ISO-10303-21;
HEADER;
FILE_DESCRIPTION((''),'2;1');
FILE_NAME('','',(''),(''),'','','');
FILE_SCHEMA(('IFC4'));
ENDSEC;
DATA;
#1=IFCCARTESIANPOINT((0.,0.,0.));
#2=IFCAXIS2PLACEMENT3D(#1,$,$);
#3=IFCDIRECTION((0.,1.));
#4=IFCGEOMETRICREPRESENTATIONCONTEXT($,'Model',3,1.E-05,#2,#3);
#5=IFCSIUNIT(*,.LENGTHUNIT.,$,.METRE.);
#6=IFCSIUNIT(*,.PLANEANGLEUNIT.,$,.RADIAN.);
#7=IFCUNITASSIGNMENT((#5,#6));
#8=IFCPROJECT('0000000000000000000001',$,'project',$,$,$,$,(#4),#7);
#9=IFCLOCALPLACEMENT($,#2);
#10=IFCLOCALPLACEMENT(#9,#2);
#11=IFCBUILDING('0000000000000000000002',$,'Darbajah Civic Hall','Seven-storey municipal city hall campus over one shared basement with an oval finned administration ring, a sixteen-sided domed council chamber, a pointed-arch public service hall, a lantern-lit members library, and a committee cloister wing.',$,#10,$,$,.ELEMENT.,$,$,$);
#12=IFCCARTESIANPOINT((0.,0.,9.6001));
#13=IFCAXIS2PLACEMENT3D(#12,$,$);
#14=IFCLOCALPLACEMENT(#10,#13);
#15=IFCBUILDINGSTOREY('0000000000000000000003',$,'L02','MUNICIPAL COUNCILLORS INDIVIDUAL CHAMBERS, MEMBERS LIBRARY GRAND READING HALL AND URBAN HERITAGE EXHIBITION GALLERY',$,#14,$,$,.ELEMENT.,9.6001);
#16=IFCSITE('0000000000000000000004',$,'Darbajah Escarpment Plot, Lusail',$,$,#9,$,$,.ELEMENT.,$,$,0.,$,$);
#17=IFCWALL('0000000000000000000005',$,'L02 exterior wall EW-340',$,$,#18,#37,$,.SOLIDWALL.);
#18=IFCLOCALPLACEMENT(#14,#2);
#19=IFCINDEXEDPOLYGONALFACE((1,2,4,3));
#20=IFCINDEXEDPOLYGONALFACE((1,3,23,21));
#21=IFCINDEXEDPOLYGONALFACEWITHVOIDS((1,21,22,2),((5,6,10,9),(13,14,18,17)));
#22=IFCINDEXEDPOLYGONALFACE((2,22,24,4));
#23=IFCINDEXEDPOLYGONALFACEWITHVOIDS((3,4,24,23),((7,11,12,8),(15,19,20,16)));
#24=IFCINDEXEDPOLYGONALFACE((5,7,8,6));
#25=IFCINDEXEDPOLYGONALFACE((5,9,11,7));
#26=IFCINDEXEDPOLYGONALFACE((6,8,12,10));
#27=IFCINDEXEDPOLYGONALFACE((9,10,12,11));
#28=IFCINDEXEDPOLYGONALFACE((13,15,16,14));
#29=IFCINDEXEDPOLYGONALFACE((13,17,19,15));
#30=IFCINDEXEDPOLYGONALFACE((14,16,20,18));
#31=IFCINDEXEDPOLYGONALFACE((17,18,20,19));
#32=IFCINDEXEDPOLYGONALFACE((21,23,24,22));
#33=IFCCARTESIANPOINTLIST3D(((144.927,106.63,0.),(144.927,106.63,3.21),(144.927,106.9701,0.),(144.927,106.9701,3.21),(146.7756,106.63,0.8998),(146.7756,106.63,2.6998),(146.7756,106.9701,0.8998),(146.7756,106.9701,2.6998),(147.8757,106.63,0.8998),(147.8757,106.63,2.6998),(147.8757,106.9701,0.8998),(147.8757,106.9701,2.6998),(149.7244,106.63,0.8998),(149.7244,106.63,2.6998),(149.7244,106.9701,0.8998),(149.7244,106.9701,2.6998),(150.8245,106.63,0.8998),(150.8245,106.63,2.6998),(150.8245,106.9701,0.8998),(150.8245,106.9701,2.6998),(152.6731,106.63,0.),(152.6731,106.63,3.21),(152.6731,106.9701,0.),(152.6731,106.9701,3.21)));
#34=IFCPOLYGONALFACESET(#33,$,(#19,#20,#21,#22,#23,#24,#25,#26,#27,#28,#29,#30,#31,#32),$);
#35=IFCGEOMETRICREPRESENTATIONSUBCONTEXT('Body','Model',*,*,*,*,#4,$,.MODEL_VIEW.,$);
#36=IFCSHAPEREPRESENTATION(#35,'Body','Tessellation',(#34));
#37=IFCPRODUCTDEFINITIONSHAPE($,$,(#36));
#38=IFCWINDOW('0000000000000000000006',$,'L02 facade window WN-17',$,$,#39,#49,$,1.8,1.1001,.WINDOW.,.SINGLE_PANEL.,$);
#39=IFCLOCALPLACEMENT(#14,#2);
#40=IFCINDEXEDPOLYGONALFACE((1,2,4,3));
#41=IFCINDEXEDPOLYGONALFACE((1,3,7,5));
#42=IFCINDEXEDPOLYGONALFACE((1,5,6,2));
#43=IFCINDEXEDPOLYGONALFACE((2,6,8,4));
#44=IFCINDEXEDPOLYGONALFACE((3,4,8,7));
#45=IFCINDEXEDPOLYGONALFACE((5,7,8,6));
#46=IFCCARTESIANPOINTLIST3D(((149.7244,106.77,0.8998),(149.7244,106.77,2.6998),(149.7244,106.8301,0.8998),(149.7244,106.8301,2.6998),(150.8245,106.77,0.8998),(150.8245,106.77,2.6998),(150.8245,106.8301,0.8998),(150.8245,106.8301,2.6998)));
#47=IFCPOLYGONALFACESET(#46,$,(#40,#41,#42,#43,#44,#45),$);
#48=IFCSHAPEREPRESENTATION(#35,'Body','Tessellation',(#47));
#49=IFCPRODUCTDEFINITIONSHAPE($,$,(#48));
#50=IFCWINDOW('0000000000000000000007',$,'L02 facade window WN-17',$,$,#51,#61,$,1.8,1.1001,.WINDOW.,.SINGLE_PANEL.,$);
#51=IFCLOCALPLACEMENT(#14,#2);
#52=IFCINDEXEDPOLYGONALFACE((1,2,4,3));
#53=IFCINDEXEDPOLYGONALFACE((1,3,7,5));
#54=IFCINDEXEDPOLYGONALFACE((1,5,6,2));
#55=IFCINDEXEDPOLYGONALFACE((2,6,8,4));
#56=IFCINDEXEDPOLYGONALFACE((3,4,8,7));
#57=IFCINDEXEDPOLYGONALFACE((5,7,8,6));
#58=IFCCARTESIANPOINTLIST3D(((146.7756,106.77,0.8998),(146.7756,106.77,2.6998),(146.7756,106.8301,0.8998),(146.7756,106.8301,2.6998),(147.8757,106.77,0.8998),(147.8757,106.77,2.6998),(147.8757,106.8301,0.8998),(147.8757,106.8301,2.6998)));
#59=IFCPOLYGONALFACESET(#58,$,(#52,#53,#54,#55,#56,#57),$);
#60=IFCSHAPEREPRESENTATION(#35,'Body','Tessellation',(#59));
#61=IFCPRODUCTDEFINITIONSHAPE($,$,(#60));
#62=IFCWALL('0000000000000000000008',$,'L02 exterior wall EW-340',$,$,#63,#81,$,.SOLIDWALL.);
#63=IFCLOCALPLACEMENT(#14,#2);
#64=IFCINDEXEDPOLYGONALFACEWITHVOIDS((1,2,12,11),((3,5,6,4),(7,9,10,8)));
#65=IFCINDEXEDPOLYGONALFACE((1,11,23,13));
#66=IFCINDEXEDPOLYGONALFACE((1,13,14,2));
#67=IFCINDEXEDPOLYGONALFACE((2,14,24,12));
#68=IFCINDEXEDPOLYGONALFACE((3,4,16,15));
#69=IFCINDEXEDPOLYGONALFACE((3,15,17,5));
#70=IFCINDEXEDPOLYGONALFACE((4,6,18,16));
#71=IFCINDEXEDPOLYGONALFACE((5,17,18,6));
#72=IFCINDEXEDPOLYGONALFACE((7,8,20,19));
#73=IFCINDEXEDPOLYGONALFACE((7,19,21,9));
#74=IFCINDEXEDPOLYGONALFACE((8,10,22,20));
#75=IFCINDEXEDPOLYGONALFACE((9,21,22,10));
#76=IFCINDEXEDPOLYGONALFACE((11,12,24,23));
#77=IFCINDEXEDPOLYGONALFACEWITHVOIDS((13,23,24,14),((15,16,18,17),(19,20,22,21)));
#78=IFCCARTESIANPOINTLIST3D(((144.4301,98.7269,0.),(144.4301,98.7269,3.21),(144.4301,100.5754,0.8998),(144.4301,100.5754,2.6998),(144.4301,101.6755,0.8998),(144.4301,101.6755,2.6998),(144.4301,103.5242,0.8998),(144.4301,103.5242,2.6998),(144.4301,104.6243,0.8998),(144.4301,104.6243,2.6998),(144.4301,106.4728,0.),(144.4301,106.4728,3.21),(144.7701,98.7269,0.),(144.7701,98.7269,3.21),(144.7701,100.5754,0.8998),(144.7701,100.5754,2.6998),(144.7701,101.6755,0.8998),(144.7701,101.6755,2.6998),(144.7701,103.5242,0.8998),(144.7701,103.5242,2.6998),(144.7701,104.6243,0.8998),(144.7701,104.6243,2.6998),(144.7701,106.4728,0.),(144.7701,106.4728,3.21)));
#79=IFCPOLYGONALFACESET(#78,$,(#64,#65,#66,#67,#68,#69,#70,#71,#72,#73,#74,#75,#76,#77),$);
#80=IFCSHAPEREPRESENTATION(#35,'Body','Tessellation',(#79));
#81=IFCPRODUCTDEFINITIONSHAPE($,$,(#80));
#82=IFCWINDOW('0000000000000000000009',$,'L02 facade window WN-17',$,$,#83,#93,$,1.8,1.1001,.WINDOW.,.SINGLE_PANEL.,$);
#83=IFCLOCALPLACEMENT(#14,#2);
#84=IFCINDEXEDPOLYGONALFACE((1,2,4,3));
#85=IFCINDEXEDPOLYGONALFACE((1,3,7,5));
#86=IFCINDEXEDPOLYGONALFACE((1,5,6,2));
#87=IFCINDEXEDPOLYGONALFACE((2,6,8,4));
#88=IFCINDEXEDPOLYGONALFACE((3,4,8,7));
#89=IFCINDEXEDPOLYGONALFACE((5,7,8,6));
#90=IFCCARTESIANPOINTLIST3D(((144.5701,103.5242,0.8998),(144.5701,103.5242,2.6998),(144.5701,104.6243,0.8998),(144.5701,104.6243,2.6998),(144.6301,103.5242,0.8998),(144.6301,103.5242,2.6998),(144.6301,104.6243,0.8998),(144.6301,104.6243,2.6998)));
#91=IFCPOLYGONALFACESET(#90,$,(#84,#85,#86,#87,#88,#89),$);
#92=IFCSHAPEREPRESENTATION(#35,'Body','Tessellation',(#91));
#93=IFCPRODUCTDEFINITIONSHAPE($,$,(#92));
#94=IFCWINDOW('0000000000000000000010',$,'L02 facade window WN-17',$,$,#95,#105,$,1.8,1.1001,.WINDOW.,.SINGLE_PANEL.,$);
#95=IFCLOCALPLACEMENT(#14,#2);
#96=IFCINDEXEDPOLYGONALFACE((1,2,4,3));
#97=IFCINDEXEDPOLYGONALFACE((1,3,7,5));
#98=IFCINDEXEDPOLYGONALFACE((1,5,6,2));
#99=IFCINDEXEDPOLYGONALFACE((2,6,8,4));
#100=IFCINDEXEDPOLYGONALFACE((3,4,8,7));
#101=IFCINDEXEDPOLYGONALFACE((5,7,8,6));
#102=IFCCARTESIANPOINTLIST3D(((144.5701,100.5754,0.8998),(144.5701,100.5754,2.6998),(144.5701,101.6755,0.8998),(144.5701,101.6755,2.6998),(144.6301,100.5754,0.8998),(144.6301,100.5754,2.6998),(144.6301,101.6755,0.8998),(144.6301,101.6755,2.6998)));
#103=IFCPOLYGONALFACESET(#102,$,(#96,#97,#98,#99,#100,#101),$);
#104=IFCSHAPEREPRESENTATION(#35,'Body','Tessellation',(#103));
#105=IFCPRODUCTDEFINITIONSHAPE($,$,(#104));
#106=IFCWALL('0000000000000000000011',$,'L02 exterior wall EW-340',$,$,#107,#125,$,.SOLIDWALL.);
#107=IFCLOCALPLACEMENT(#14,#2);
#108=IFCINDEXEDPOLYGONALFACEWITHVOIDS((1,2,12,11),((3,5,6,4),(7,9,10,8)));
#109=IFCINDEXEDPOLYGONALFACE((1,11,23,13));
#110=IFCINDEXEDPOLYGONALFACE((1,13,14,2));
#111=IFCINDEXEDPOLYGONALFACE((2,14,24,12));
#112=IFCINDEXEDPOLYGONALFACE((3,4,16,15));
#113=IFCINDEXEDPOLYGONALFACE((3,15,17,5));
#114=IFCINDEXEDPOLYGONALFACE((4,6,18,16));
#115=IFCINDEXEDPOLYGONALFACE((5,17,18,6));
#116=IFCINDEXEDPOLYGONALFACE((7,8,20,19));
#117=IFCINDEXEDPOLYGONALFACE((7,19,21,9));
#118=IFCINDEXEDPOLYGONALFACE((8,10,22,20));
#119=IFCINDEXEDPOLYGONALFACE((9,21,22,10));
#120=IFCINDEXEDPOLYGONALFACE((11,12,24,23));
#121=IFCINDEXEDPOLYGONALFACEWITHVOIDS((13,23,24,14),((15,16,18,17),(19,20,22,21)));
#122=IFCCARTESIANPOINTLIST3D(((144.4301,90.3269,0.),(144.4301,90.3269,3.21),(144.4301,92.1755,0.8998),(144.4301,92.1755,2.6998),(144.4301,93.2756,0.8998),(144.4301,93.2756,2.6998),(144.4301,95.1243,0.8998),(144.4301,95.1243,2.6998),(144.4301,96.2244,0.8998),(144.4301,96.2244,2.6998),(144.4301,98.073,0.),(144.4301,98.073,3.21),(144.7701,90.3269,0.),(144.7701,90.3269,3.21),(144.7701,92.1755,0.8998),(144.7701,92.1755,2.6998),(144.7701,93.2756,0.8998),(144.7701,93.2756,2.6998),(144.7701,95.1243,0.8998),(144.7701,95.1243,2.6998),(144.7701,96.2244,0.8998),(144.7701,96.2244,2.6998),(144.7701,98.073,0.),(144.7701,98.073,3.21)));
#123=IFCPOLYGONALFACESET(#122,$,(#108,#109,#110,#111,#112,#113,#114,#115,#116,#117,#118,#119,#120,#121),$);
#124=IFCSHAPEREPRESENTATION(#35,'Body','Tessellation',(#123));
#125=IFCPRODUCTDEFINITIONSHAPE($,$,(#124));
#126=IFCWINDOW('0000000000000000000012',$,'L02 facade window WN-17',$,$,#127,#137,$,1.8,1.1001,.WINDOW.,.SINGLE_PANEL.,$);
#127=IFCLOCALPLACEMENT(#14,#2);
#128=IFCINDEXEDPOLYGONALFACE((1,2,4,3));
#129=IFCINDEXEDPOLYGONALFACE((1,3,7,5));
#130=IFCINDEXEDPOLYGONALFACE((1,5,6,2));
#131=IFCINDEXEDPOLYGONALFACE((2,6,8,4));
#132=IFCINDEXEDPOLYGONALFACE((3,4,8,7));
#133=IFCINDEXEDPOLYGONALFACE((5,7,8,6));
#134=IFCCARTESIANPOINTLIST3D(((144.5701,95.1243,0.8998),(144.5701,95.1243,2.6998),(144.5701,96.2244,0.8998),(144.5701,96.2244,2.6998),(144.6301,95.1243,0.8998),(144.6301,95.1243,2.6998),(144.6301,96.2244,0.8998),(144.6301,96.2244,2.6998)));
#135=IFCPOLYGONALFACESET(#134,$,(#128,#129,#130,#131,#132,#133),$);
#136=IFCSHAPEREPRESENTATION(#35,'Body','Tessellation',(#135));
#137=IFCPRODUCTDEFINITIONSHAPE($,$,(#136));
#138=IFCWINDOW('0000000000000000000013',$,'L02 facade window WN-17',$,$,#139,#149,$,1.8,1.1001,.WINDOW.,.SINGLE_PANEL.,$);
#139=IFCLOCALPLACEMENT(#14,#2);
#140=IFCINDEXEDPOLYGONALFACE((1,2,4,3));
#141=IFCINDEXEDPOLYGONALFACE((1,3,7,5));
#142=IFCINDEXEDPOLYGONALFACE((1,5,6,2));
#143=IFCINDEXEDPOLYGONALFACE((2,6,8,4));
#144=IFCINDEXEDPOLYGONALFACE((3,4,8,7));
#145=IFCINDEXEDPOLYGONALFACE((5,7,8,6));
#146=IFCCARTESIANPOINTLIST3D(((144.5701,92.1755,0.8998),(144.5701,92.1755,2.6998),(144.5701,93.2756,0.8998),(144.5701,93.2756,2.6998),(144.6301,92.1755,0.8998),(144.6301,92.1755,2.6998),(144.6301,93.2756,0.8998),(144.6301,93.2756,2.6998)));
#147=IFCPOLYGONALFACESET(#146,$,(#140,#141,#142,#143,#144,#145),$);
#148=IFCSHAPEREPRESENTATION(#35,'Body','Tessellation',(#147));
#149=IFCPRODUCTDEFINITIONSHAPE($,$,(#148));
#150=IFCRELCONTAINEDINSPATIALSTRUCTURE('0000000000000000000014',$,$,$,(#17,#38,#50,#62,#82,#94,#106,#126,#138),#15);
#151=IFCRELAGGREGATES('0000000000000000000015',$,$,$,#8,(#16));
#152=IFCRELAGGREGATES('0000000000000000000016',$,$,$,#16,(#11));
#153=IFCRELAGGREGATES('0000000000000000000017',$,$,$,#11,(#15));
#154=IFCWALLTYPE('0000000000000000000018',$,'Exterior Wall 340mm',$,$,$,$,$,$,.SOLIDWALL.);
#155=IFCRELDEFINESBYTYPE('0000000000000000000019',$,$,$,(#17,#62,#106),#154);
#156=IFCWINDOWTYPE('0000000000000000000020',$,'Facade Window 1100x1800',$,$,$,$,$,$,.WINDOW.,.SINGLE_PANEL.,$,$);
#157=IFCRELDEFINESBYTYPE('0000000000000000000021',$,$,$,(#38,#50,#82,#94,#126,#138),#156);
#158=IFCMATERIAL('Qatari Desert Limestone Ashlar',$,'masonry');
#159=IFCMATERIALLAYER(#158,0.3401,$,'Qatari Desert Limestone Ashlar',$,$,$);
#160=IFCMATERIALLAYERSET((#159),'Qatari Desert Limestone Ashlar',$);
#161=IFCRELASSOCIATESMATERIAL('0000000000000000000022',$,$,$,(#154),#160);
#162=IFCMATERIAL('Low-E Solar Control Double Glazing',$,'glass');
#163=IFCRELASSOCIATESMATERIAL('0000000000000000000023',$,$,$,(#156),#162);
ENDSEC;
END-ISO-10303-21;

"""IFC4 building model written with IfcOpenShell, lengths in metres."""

from ifc_helpers import new_model, si_unit, direction, frame, frame_2d, origin, place, context, subcontext, project, spatial, rectangle, extrude, material, layer, layer_set, type_object, element, fill, save


model = new_model("IFC4")

# Units and contexts
model_context = context("Model", 3, precision=1e-05, world=origin(), true_north=direction((0.0, 1.0)))
body_context = subcontext(model_context, "Body", "Model", "MODEL_VIEW")
ifc_project = project(units=[si_unit("LENGTHUNIT", "METRE"), si_unit("PLANEANGLEUNIT", "RADIAN")], contexts=[model_context])

# Site, building, storey
site_placement = place(None, origin())
site = spatial("IfcSite", under=ifc_project, at=site_placement, Name="Darbajah Escarpment Plot, Lusail", CompositionType="ELEMENT", RefElevation=0.0)
building_placement = place(site_placement, origin())
building = spatial("IfcBuilding", under=site, at=building_placement, Name="Darbajah Civic Hall", Description="Seven-storey municipal city hall campus over one shared basement with an oval finned administration ring, a sixteen-sided domed council chamber, a pointed-arch public service hall, a lantern-lit members library, and a committee cloister wing.", CompositionType="ELEMENT")
storey_placement = place(building_placement, frame((0.0, 0.0, 9.6001)))
storey = spatial("IfcBuildingStorey", under=building, at=storey_placement, Name="L02", Description="MUNICIPAL COUNCILLORS INDIVIDUAL CHAMBERS, MEMBERS LIBRARY GRAND READING HALL AND URBAN HERITAGE EXHIBITION GALLERY", CompositionType="ELEMENT", Elevation=9.6001)

# Shared definitions
ifc_material_1 = material(Name="Low-E Solar Control Double Glazing", Category="glass")

# Walls, openings, windows
ifc_material_2 = material(Name="Qatari Desert Limestone Ashlar", Category="masonry")
ifc_layer_1 = layer(ifc_material_2, 0.3401, Name="Qatari Desert Limestone Ashlar")
ifc_layer_set_1 = layer_set([ifc_layer_1], Name="Qatari Desert Limestone Ashlar")
wall_type_1 = type_object("IfcWallType", Name="Exterior Wall 340mm", PredefinedType="SOLIDWALL", material=ifc_layer_set_1)
wall_1_placement = place(storey_placement, frame((152.6731, 106.8, 0.0), z_axis=(0.0, 0.0, 1.0), x_axis=(-1.0, 0.0, 0.0)))
wall_1 = element("IfcWall", 1, at=wall_1_placement, inside=storey, type_object=wall_type_1, Name="L02 exterior wall EW-340", PredefinedType="SOLIDWALL", context=body_context, shape_type="SweptSolid", body=[
    extrude(rectangle(XDim=7.7461, YDim=0.3401, at=frame_2d((3.873, 0.0))), origin(), (0.0, 0.0, 1.0), 3.21),
])
opening_1_placement = place(wall_1_placement, frame((1.8486, 0.0, 0.8999)))
opening_1 = element("IfcOpeningElement", 2, at=opening_1_placement, cuts=wall_1, PredefinedType="OPENING", context=body_context, shape_type="SweptSolid", body=[
    extrude(rectangle(XDim=1.1001, YDim=1.8, at=frame_2d((0.55, 0.8999))), frame((0.0, 0.1799, 0.0), z_axis=(0.0, -1.0, 0.0), x_axis=(1.0, 0.0, 0.0)), (0.0, 0.0, 1.0), 0.3601),
])
opening_2_placement = place(wall_1_placement, frame((4.7974, 0.0, 0.8999)))
opening_2 = element("IfcOpeningElement", 3, at=opening_2_placement, cuts=wall_1, PredefinedType="OPENING", context=body_context, shape_type="SweptSolid", body=[
    extrude(rectangle(XDim=1.1001, YDim=1.8, at=frame_2d((0.55, 0.8999))), frame((0.0, 0.1799, 0.0), z_axis=(0.0, -1.0, 0.0), x_axis=(1.0, 0.0, 0.0)), (0.0, 0.0, 1.0), 0.3601),
])
window_type = type_object("IfcWindowType", Name="Facade Window 1100x1800", PartitioningType="SINGLE_PANEL", PredefinedType="WINDOW", material=ifc_material_1)
window_1_placement = place(opening_1_placement, origin())
window_1 = element("IfcWindow", 4, at=window_1_placement, inside=storey, type_object=window_type, Name="L02 facade window WN-17", OverallHeight=1.8, OverallWidth=1.1001, PartitioningType="SINGLE_PANEL", PredefinedType="WINDOW", context=body_context, shape_type="SweptSolid", body=[
    extrude(rectangle(XDim=1.1001, YDim=1.8, at=frame_2d((0.55, 0.8999))), frame((0.0, 0.03, 0.0), z_axis=(0.0, -1.0, 0.0), x_axis=(1.0, 0.0, 0.0)), (0.0, 0.0, 1.0), 0.0601),
])
fill(opening_1, window_1)
window_2_placement = place(opening_2_placement, origin())
window_2 = element("IfcWindow", 5, at=window_2_placement, inside=storey, type_object=window_type, Name="L02 facade window WN-17", OverallHeight=1.8, OverallWidth=1.1001, PartitioningType="SINGLE_PANEL", PredefinedType="WINDOW", context=body_context, shape_type="SweptSolid", body=[
    extrude(rectangle(XDim=1.1001, YDim=1.8, at=frame_2d((0.55, 0.8999))), frame((0.0, 0.03, 0.0), z_axis=(0.0, -1.0, 0.0), x_axis=(1.0, 0.0, 0.0)), (0.0, 0.0, 1.0), 0.0601),
])
fill(opening_2, window_2)
wall_2_placement = place(storey_placement, frame((144.6001, 106.4729, 0.0), z_axis=(0.0, 0.0, 1.0), x_axis=(0.0, -1.0, 0.0)))
wall_2 = element("IfcWall", 6, at=wall_2_placement, inside=storey, type_object=wall_type_1, Name="L02 exterior wall EW-340", PredefinedType="SOLIDWALL", context=body_context, shape_type="SweptSolid", body=[
    extrude(rectangle(XDim=7.7458, YDim=0.3401, at=frame_2d((3.873, 0.0))), origin(), (0.0, 0.0, 1.0), 3.21),
])
opening_3_placement = place(wall_2_placement, frame((1.8486, 0.0, 0.8999)))
opening_3 = element("IfcOpeningElement", 7, at=opening_3_placement, cuts=wall_2, PredefinedType="OPENING", context=body_context, shape_type="SweptSolid", body=[
    extrude(rectangle(XDim=1.1001, YDim=1.8, at=frame_2d((0.55, 0.8999))), frame((0.0, 0.1799, 0.0), z_axis=(0.0, -1.0, 0.0), x_axis=(1.0, 0.0, 0.0)), (0.0, 0.0, 1.0), 0.3601),
])
opening_4_placement = place(wall_2_placement, frame((4.7974, 0.0, 0.8999)))
opening_4 = element("IfcOpeningElement", 8, at=opening_4_placement, cuts=wall_2, PredefinedType="OPENING", context=body_context, shape_type="SweptSolid", body=[
    extrude(rectangle(XDim=1.1001, YDim=1.8, at=frame_2d((0.55, 0.8999))), frame((0.0, 0.1799, 0.0), z_axis=(0.0, -1.0, 0.0), x_axis=(1.0, 0.0, 0.0)), (0.0, 0.0, 1.0), 0.3601),
])
window_3_placement = place(opening_3_placement, origin())
window_3 = element("IfcWindow", 9, at=window_3_placement, inside=storey, type_object=window_type, Name="L02 facade window WN-17", OverallHeight=1.8, OverallWidth=1.1001, PartitioningType="SINGLE_PANEL", PredefinedType="WINDOW", context=body_context, shape_type="SweptSolid", body=[
    extrude(rectangle(XDim=1.1001, YDim=1.8, at=frame_2d((0.55, 0.8999))), frame((0.0, 0.03, 0.0), z_axis=(0.0, -1.0, 0.0), x_axis=(1.0, 0.0, 0.0)), (0.0, 0.0, 1.0), 0.0601),
])
fill(opening_3, window_3)
window_4_placement = place(opening_4_placement, origin())
window_4 = element("IfcWindow", 10, at=window_4_placement, inside=storey, type_object=window_type, Name="L02 facade window WN-17", OverallHeight=1.8, OverallWidth=1.1001, PartitioningType="SINGLE_PANEL", PredefinedType="WINDOW", context=body_context, shape_type="SweptSolid", body=[
    extrude(rectangle(XDim=1.1001, YDim=1.8, at=frame_2d((0.55, 0.8999))), frame((0.0, 0.03, 0.0), z_axis=(0.0, -1.0, 0.0), x_axis=(1.0, 0.0, 0.0)), (0.0, 0.0, 1.0), 0.0601),
])
fill(opening_4, window_4)
wall_3_placement = place(storey_placement, frame((144.6001, 98.073, 0.0), z_axis=(0.0, 0.0, 1.0), x_axis=(0.0, -1.0, 0.0)))
wall_3 = element("IfcWall", 11, at=wall_3_placement, inside=storey, type_object=wall_type_1, Name="L02 exterior wall EW-340", PredefinedType="SOLIDWALL", context=body_context, shape_type="SweptSolid", body=[
    extrude(rectangle(XDim=7.7461, YDim=0.3401, at=frame_2d((3.873, 0.0))), origin(), (0.0, 0.0, 1.0), 3.21),
])
opening_5_placement = place(wall_3_placement, frame((1.8486, 0.0, 0.8999)))
opening_5 = element("IfcOpeningElement", 12, at=opening_5_placement, cuts=wall_3, PredefinedType="OPENING", context=body_context, shape_type="SweptSolid", body=[
    extrude(rectangle(XDim=1.1001, YDim=1.8, at=frame_2d((0.55, 0.8999))), frame((0.0, 0.1799, 0.0), z_axis=(0.0, -1.0, 0.0), x_axis=(1.0, 0.0, 0.0)), (0.0, 0.0, 1.0), 0.3601),
])
opening_6_placement = place(wall_3_placement, frame((4.7974, 0.0, 0.8999)))
opening_6 = element("IfcOpeningElement", 13, at=opening_6_placement, cuts=wall_3, PredefinedType="OPENING", context=body_context, shape_type="SweptSolid", body=[
    extrude(rectangle(XDim=1.1001, YDim=1.8, at=frame_2d((0.55, 0.8999))), frame((0.0, 0.1799, 0.0), z_axis=(0.0, -1.0, 0.0), x_axis=(1.0, 0.0, 0.0)), (0.0, 0.0, 1.0), 0.3601),
])
window_5_placement = place(opening_5_placement, origin())
window_5 = element("IfcWindow", 14, at=window_5_placement, inside=storey, type_object=window_type, Name="L02 facade window WN-17", OverallHeight=1.8, OverallWidth=1.1001, PartitioningType="SINGLE_PANEL", PredefinedType="WINDOW", context=body_context, shape_type="SweptSolid", body=[
    extrude(rectangle(XDim=1.1001, YDim=1.8, at=frame_2d((0.55, 0.8999))), frame((0.0, 0.03, 0.0), z_axis=(0.0, -1.0, 0.0), x_axis=(1.0, 0.0, 0.0)), (0.0, 0.0, 1.0), 0.0601),
])
fill(opening_5, window_5)
window_6_placement = place(opening_6_placement, origin())
window_6 = element("IfcWindow", 15, at=window_6_placement, inside=storey, type_object=window_type, Name="L02 facade window WN-17", OverallHeight=1.8, OverallWidth=1.1001, PartitioningType="SINGLE_PANEL", PredefinedType="WINDOW", context=body_context, shape_type="SweptSolid", body=[
    extrude(rectangle(XDim=1.1001, YDim=1.8, at=frame_2d((0.55, 0.8999))), frame((0.0, 0.03, 0.0), z_axis=(0.0, -1.0, 0.0), x_axis=(1.0, 0.0, 0.0)), (0.0, 0.0, 1.0), 0.0601),
])
fill(opening_6, window_6)

save(model, "model.ifc")
